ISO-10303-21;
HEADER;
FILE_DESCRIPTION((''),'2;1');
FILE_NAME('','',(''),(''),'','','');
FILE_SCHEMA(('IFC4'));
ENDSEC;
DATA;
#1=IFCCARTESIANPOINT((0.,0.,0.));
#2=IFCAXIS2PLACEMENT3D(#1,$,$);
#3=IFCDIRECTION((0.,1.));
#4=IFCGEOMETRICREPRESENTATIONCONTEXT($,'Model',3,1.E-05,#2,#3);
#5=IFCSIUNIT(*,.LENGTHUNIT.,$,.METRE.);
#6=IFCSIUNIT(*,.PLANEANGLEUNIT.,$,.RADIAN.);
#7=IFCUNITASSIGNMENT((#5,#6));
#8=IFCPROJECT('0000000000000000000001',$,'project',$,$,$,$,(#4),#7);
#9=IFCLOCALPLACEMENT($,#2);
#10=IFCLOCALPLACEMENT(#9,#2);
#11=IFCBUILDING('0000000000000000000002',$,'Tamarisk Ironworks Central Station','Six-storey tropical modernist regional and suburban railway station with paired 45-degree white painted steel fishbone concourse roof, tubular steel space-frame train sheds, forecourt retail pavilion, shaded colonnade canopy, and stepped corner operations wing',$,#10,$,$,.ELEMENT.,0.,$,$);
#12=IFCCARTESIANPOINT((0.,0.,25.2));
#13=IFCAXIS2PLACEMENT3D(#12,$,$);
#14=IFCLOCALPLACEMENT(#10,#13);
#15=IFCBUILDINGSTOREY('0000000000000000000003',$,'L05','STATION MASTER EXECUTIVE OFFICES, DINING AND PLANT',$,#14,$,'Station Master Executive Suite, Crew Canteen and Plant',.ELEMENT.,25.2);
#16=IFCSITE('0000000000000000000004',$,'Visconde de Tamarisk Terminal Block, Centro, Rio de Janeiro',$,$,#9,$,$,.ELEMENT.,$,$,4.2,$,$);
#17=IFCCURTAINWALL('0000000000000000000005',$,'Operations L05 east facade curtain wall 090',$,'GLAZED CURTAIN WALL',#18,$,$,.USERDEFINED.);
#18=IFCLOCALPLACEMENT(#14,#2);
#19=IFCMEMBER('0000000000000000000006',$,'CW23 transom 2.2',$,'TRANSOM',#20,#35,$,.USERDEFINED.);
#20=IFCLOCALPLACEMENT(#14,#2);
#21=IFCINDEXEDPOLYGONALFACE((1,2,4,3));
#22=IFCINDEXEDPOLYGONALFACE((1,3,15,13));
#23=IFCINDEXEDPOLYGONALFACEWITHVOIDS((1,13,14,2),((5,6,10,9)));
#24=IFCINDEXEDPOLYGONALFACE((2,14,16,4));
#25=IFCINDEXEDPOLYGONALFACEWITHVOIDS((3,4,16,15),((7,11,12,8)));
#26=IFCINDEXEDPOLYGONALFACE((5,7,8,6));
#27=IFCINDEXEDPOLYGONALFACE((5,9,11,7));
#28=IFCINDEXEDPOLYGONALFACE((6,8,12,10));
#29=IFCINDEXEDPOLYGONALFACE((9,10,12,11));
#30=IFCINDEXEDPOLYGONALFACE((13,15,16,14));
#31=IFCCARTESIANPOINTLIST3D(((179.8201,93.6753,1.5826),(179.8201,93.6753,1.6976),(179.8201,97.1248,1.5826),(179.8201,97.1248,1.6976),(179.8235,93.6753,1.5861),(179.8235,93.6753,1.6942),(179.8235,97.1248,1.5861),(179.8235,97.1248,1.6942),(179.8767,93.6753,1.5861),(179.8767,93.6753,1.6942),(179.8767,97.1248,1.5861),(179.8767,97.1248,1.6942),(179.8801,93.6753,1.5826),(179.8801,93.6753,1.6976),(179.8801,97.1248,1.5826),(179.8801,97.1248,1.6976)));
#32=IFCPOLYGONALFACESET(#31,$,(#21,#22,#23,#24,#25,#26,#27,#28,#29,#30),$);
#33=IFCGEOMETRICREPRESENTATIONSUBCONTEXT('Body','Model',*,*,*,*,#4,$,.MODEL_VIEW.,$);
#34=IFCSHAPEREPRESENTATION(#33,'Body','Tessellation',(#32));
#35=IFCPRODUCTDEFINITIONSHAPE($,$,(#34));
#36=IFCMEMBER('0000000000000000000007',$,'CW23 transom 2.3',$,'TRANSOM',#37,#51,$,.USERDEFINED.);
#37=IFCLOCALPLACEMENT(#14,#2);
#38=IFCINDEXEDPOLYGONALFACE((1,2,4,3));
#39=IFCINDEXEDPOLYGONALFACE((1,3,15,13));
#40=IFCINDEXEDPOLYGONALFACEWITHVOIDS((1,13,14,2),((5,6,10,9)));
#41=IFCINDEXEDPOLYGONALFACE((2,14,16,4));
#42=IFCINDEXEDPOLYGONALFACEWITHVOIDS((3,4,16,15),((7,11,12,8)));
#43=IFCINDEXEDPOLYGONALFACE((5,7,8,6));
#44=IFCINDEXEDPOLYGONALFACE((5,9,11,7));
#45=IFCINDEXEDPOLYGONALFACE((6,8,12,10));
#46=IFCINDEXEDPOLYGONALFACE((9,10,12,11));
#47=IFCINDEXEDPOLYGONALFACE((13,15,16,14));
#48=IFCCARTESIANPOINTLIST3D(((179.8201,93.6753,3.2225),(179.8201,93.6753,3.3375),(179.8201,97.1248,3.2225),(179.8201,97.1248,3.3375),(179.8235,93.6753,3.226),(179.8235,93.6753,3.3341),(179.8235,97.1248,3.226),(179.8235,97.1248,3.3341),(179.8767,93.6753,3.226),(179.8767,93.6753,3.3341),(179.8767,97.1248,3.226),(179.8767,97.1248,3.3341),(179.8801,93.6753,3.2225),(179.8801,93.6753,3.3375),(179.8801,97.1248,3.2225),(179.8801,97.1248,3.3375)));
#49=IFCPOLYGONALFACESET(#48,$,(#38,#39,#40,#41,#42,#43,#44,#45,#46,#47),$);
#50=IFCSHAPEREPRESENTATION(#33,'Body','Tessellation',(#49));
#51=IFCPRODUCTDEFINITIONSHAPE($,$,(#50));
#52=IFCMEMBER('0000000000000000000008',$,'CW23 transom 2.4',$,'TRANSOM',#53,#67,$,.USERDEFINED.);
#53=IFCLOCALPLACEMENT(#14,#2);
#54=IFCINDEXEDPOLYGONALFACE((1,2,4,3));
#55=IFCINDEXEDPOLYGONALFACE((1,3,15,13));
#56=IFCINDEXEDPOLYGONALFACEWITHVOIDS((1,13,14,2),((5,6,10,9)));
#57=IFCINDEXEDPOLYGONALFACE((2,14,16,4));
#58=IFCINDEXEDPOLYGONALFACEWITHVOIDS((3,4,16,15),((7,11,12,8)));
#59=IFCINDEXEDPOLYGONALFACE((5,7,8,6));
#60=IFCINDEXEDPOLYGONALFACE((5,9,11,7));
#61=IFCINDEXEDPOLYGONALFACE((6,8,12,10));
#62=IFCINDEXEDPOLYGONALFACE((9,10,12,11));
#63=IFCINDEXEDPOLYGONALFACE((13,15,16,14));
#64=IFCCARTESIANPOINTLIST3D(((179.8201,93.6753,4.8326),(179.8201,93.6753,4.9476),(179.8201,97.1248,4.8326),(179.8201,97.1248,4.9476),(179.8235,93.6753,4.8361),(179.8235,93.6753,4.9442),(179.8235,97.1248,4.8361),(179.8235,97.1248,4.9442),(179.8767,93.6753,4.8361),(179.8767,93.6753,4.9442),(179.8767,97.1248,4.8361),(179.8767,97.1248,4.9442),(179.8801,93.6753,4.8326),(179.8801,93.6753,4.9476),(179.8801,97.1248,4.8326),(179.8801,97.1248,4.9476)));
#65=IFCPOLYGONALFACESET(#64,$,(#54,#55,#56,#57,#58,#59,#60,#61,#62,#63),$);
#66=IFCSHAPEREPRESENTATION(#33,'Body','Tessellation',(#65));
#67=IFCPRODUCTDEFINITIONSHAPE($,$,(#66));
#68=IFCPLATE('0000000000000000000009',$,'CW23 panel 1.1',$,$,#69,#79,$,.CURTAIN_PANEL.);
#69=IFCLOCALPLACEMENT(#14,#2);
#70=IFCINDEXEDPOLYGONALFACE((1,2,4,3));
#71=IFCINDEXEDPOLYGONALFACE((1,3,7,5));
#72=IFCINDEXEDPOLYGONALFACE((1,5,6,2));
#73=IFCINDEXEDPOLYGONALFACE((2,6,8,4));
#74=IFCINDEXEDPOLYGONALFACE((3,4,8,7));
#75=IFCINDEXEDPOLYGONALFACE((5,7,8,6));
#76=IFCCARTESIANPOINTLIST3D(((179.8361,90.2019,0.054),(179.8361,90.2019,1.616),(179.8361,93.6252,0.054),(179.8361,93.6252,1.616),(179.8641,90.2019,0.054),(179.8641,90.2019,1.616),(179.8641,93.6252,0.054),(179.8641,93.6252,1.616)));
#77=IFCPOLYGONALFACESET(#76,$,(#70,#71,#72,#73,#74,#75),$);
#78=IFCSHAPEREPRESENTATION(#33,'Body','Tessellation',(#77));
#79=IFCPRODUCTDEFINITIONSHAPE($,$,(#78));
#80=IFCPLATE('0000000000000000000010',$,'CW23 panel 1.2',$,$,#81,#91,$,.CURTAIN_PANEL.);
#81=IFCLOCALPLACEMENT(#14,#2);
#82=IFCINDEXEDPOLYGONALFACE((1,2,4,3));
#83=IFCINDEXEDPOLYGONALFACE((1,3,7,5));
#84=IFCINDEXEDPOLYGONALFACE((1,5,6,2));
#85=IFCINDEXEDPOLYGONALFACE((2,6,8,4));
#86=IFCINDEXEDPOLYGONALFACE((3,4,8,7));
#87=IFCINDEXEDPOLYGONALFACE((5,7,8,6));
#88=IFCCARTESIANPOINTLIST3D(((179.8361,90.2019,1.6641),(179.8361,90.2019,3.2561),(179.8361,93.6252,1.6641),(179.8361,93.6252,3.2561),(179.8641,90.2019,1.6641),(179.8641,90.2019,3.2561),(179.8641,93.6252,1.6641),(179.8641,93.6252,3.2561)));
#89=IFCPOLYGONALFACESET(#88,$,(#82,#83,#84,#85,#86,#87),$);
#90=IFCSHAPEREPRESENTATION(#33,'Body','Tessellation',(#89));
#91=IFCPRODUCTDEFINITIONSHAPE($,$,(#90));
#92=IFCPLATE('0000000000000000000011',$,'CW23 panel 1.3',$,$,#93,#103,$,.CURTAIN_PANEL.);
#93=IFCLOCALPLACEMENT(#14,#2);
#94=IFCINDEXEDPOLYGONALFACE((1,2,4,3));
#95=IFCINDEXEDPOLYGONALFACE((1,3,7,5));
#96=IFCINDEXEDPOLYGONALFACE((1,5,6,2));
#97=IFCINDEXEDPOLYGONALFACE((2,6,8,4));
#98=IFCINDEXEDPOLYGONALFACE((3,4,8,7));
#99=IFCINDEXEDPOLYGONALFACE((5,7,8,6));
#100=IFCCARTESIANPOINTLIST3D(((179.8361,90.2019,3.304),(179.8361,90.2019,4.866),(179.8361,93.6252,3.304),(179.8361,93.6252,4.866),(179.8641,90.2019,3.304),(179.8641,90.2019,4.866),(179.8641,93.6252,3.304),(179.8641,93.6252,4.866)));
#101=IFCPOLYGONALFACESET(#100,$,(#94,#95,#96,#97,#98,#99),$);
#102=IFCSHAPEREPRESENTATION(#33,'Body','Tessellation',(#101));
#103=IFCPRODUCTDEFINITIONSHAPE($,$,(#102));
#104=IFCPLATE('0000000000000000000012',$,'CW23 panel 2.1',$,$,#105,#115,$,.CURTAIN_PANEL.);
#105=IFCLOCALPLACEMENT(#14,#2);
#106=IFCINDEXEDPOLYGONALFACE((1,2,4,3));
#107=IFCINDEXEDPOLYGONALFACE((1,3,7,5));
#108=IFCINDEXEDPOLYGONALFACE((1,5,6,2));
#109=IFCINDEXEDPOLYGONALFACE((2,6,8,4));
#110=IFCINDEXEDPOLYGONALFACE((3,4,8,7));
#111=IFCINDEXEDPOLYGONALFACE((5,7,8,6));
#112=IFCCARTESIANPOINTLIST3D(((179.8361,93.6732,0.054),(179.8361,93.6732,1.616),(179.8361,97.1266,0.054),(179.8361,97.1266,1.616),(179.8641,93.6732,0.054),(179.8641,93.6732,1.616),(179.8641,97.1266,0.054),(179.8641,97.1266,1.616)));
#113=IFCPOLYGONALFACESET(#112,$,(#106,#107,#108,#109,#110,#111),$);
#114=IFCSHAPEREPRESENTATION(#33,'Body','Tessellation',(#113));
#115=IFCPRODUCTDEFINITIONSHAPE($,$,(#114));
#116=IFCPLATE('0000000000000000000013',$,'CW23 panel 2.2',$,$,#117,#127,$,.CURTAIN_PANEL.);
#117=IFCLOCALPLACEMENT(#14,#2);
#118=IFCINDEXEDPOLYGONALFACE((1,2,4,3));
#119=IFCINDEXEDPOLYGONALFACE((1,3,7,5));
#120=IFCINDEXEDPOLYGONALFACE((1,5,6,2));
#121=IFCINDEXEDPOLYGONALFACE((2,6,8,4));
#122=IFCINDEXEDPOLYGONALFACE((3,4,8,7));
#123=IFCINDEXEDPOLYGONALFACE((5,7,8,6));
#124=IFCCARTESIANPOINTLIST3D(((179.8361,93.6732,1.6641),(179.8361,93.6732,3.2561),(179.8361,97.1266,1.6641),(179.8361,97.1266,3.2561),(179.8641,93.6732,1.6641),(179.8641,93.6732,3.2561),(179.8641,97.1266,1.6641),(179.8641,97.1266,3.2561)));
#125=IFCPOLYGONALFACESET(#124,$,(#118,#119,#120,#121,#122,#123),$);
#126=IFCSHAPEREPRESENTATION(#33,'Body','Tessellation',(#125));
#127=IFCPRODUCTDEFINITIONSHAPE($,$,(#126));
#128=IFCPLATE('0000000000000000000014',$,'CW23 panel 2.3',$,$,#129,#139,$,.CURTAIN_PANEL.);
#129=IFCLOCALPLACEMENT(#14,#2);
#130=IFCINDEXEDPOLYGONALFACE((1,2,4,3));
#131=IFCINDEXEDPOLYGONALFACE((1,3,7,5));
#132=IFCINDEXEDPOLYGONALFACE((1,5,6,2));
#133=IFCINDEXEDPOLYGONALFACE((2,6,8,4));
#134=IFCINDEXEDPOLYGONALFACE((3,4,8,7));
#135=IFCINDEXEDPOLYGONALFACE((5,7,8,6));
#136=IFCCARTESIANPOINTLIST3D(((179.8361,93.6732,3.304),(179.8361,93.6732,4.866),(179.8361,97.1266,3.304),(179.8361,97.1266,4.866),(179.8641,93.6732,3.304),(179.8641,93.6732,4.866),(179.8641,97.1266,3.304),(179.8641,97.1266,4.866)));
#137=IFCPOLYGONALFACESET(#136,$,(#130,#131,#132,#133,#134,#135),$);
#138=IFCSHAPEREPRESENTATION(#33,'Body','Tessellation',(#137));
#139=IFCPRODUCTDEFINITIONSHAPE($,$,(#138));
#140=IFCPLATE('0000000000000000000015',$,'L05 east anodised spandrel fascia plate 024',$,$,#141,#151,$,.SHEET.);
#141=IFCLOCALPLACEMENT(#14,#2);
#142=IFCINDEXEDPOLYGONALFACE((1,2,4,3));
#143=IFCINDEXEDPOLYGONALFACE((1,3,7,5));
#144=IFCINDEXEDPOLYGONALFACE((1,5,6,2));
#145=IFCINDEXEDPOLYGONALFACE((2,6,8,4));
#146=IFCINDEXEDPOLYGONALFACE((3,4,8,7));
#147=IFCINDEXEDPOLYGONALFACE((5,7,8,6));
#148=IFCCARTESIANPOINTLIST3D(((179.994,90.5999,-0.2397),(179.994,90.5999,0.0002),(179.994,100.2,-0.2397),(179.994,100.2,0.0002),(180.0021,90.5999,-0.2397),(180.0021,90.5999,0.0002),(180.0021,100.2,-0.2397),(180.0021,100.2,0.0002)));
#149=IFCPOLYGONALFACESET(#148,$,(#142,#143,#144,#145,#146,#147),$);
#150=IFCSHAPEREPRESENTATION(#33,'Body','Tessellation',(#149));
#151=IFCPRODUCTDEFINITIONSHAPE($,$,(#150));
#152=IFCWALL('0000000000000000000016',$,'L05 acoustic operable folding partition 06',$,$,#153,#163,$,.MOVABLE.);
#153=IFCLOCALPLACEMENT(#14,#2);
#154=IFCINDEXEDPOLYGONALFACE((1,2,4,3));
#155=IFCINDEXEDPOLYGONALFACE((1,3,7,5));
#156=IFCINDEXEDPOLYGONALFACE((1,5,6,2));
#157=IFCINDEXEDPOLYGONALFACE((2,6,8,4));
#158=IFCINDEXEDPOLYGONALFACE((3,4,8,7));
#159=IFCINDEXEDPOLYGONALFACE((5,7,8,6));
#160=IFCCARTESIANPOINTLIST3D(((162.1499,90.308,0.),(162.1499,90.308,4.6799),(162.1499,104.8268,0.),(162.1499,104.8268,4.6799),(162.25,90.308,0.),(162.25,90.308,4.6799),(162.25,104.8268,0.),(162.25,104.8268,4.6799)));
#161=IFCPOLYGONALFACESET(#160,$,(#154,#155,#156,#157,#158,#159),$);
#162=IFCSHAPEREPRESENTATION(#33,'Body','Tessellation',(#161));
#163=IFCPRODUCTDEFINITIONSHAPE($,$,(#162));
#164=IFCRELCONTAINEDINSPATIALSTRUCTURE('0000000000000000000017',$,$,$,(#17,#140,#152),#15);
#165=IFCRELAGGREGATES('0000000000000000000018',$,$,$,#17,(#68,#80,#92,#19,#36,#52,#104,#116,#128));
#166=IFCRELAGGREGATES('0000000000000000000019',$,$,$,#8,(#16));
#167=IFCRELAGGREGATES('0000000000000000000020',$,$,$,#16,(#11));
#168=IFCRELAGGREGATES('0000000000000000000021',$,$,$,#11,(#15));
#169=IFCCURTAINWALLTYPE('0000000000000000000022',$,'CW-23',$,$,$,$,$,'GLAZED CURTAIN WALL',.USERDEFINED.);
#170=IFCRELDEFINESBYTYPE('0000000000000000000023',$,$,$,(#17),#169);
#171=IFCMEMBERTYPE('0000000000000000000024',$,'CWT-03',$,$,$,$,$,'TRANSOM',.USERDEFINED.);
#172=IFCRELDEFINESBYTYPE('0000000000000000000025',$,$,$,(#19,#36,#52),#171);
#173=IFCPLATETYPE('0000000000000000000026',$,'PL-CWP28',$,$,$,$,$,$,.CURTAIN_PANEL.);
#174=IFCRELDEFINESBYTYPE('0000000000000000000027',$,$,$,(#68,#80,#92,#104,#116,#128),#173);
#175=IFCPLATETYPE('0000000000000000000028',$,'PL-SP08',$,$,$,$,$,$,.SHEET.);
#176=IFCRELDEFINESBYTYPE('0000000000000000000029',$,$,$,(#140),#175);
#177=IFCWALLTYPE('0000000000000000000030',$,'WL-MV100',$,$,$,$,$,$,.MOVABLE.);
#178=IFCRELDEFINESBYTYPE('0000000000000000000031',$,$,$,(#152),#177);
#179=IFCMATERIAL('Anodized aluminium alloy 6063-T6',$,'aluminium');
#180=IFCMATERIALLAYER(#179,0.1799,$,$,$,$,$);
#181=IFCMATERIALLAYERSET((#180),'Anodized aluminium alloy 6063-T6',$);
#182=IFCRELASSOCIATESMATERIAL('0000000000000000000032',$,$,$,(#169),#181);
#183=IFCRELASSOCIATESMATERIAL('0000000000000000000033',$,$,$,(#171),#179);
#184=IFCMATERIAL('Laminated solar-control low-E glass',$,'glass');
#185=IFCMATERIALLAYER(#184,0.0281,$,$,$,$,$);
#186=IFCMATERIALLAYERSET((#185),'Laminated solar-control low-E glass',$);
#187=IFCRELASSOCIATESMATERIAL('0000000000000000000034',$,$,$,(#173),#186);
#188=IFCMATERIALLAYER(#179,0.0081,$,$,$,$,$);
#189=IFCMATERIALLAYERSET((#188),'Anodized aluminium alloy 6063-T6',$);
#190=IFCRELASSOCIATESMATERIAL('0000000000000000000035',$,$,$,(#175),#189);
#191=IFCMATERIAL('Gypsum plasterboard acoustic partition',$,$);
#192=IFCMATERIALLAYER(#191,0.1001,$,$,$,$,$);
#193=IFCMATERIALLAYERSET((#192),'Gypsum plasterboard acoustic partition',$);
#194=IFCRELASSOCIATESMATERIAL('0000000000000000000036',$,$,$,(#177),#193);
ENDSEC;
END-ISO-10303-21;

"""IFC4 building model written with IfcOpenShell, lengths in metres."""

from ifc_helpers import new_model, si_unit, direction, frame, frame_2d, origin, origin_2d, place, context, subcontext, project, spatial, rectangle, hollow_rectangle, extrude, material, layer, layer_set, material_profile, profile_set, type_object, element, aggregate, save


model = new_model("IFC4")

# Units and contexts
model_context = context("Model", 3, precision=1e-05, world=origin(), true_north=direction((0.0, 1.0)))
body_context = subcontext(model_context, "Body", "Model", "MODEL_VIEW")
ifc_project = project(units=[si_unit("LENGTHUNIT", "METRE"), si_unit("PLANEANGLEUNIT", "RADIAN")], contexts=[model_context])

# Site, building, storey
site_placement = place(None, origin())
site = spatial("IfcSite", under=ifc_project, at=site_placement, Name="Visconde de Tamarisk Terminal Block, Centro, Rio de Janeiro", CompositionType="ELEMENT", RefElevation=4.2)
building_placement = place(site_placement, origin())
building = spatial("IfcBuilding", under=site, at=building_placement, Name="Tamarisk Ironworks Central Station", Description="Six-storey tropical modernist regional and suburban railway station with paired 45-degree white painted steel fishbone concourse roof, tubular steel space-frame train sheds, forecourt retail pavilion, shaded colonnade canopy, and stepped corner operations wing", CompositionType="ELEMENT", ElevationOfRefHeight=0.0)
storey_placement = place(building_placement, frame((0.0, 0.0, 25.2)))
storey = spatial("IfcBuildingStorey", under=building, at=storey_placement, Name="L05", Description="STATION MASTER EXECUTIVE OFFICES, DINING AND PLANT", LongName="Station Master Executive Suite, Crew Canteen and Plant", CompositionType="ELEMENT", Elevation=25.2)

# Curtain wall, members, plates
ifc_material_1 = material(Name="Anodized aluminium alloy 6063-T6", Category="aluminium")
ifc_layer_1 = layer(ifc_material_1, 0.1799)
ifc_layer_set_1 = layer_set([ifc_layer_1], Name="Anodized aluminium alloy 6063-T6")
curtain_wall_type = type_object("IfcCurtainWallType", Name="CW-23", ElementType="GLAZED CURTAIN WALL", PredefinedType="USERDEFINED", material=ifc_layer_set_1)
curtain_wall_placement = place(storey_placement, origin())
curtain_wall = element("IfcCurtainWall", 1, at=curtain_wall_placement, inside=storey, type_object=curtain_wall_type, Name="Operations L05 east facade curtain wall 090", ObjectType="GLAZED CURTAIN WALL", PredefinedType="USERDEFINED")
ifc_material_profile_1 = material_profile(ifc_material_1, hollow_rectangle(XDim=0.0601, YDim=0.115, WallThickness=0.0034, at=origin_2d()), Name="ALUM 115x60")
ifc_profile_set_1 = profile_set([ifc_material_profile_1], Name="Anodized aluminium alloy 6063-T6")
member_type_1 = type_object("IfcMemberType", Name="CWT-03", ElementType="TRANSOM", PredefinedType="USERDEFINED", material=ifc_profile_set_1)
member_1_placement = place(storey_placement, frame((179.8501, 93.6753, 1.6401), z_axis=(0.0, 1.0, 0.0), x_axis=(-1.0, 0.0, 0.0)))
member_1 = element("IfcMember", 2, at=member_1_placement, type_object=member_type_1, Name="CW23 transom 2.2", ObjectType="TRANSOM", PredefinedType="USERDEFINED", context=body_context, shape_type="SweptSolid", body=[
    extrude(hollow_rectangle(XDim=0.0601, YDim=0.115, WallThickness=0.0034, at=origin_2d()), origin(), (0.0, 0.0, 1.0), 3.4495),
])
member_2_placement = place(storey_placement, frame((179.8501, 93.6753, 3.28), z_axis=(0.0, 1.0, 0.0), x_axis=(-1.0, 0.0, 0.0)))
member_2 = element("IfcMember", 3, at=member_2_placement, type_object=member_type_1, Name="CW23 transom 2.3", ObjectType="TRANSOM", PredefinedType="USERDEFINED", context=body_context, shape_type="SweptSolid", body=[
    extrude(hollow_rectangle(XDim=0.0601, YDim=0.115, WallThickness=0.0034, at=origin_2d()), origin(), (0.0, 0.0, 1.0), 3.4495),
])
member_3_placement = place(storey_placement, frame((179.8501, 93.6753, 4.8901), z_axis=(0.0, 1.0, 0.0), x_axis=(-1.0, 0.0, 0.0)))
member_3 = element("IfcMember", 4, at=member_3_placement, type_object=member_type_1, Name="CW23 transom 2.4", ObjectType="TRANSOM", PredefinedType="USERDEFINED", context=body_context, shape_type="SweptSolid", body=[
    extrude(hollow_rectangle(XDim=0.0601, YDim=0.115, WallThickness=0.0034, at=origin_2d()), origin(), (0.0, 0.0, 1.0), 3.4495),
])
ifc_material_2 = material(Name="Laminated solar-control low-E glass", Category="glass")
ifc_layer_2 = layer(ifc_material_2, 0.0281)
ifc_layer_set_2 = layer_set([ifc_layer_2], Name="Laminated solar-control low-E glass")
plate_type_1 = type_object("IfcPlateType", Name="PL-CWP28", PredefinedType="CURTAIN_PANEL", material=ifc_layer_set_2)
plate_1_placement = place(storey_placement, frame((179.8501, 91.9136, 0.054), z_axis=(0.0, 0.0, 1.0), x_axis=(0.0, 1.0, 0.0)))
plate_1 = element("IfcPlate", 5, at=plate_1_placement, type_object=plate_type_1, Name="CW23 panel 1.1", PredefinedType="CURTAIN_PANEL", context=body_context, shape_type="SweptSolid", body=[
    extrude(rectangle(XDim=3.4233, YDim=0.0281, at=origin_2d()), origin(), (0.0, 0.0, 1.0), 1.562),
])
plate_2_placement = place(storey_placement, frame((179.8501, 91.9136, 1.6641), z_axis=(0.0, 0.0, 1.0), x_axis=(0.0, 1.0, 0.0)))
plate_2 = element("IfcPlate", 6, at=plate_2_placement, type_object=plate_type_1, Name="CW23 panel 1.2", PredefinedType="CURTAIN_PANEL", context=body_context, shape_type="SweptSolid", body=[
    extrude(rectangle(XDim=3.4233, YDim=0.0281, at=origin_2d()), origin(), (0.0, 0.0, 1.0), 1.592),
])
plate_3_placement = place(storey_placement, frame((179.8501, 91.9136, 3.304), z_axis=(0.0, 0.0, 1.0), x_axis=(0.0, 1.0, 0.0)))
plate_3 = element("IfcPlate", 7, at=plate_3_placement, type_object=plate_type_1, Name="CW23 panel 1.3", PredefinedType="CURTAIN_PANEL", context=body_context, shape_type="SweptSolid", body=[
    extrude(rectangle(XDim=3.4233, YDim=0.0281, at=origin_2d()), origin(), (0.0, 0.0, 1.0), 1.562),
])
plate_4_placement = place(storey_placement, frame((179.8501, 95.3999, 0.054), z_axis=(0.0, 0.0, 1.0), x_axis=(0.0, 1.0, 0.0)))
plate_4 = element("IfcPlate", 8, at=plate_4_placement, type_object=plate_type_1, Name="CW23 panel 2.1", PredefinedType="CURTAIN_PANEL", context=body_context, shape_type="SweptSolid", body=[
    extrude(rectangle(XDim=3.4534, YDim=0.0281, at=origin_2d()), origin(), (0.0, 0.0, 1.0), 1.562),
])
plate_5_placement = place(storey_placement, frame((179.8501, 95.3999, 1.6641), z_axis=(0.0, 0.0, 1.0), x_axis=(0.0, 1.0, 0.0)))
plate_5 = element("IfcPlate", 9, at=plate_5_placement, type_object=plate_type_1, Name="CW23 panel 2.2", PredefinedType="CURTAIN_PANEL", context=body_context, shape_type="SweptSolid", body=[
    extrude(rectangle(XDim=3.4534, YDim=0.0281, at=origin_2d()), origin(), (0.0, 0.0, 1.0), 1.592),
])
plate_6_placement = place(storey_placement, frame((179.8501, 95.3999, 3.304), z_axis=(0.0, 0.0, 1.0), x_axis=(0.0, 1.0, 0.0)))
plate_6 = element("IfcPlate", 10, at=plate_6_placement, type_object=plate_type_1, Name="CW23 panel 2.3", PredefinedType="CURTAIN_PANEL", context=body_context, shape_type="SweptSolid", body=[
    extrude(rectangle(XDim=3.4534, YDim=0.0281, at=origin_2d()), origin(), (0.0, 0.0, 1.0), 1.562),
])
aggregate(curtain_wall, [plate_1, plate_2, plate_3, member_1, member_2, member_3, plate_4, plate_5, plate_6])

# Plate
ifc_layer_3 = layer(ifc_material_1, 0.0081)
ifc_layer_set_3 = layer_set([ifc_layer_3], Name="Anodized aluminium alloy 6063-T6")
plate_type_2 = type_object("IfcPlateType", Name="PL-SP08", PredefinedType="SHEET", material=ifc_layer_set_3)
plate_7_placement = place(storey_placement, frame((179.998, 95.3999, -0.2397), z_axis=(0.0, 0.0, 1.0), x_axis=(1.0, 0.0, 0.0)))
element("IfcPlate", 11, at=plate_7_placement, inside=storey, type_object=plate_type_2, Name="L05 east anodised spandrel fascia plate 024", PredefinedType="SHEET", context=body_context, shape_type="SweptSolid", body=[
    extrude(rectangle(XDim=0.0081, YDim=9.6001, at=origin_2d()), origin(), (0.0, 0.0, 1.0), 0.24),
])

# Wall
ifc_material_3 = material(Name="Gypsum plasterboard acoustic partition")
ifc_layer_4 = layer(ifc_material_3, 0.1001)
ifc_layer_set_4 = layer_set([ifc_layer_4], Name="Gypsum plasterboard acoustic partition")
wall_type = type_object("IfcWallType", Name="WL-MV100", PredefinedType="MOVABLE", material=ifc_layer_set_4)
wall_placement = place(storey_placement, frame((162.2, 90.3081, 0.0), z_axis=(0.0, 0.0, 1.0), x_axis=(0.0, 1.0, 0.0)))
element("IfcWall", 12, at=wall_placement, inside=storey, type_object=wall_type, Name="L05 acoustic operable folding partition 06", PredefinedType="MOVABLE", context=body_context, shape_type="SweptSolid", body=[
    extrude(rectangle(XDim=14.5188, YDim=0.1001, at=frame_2d((7.2593, 0.0))), origin(), (0.0, 0.0, 1.0), 4.6799),
])

save(model, "model.ifc")
